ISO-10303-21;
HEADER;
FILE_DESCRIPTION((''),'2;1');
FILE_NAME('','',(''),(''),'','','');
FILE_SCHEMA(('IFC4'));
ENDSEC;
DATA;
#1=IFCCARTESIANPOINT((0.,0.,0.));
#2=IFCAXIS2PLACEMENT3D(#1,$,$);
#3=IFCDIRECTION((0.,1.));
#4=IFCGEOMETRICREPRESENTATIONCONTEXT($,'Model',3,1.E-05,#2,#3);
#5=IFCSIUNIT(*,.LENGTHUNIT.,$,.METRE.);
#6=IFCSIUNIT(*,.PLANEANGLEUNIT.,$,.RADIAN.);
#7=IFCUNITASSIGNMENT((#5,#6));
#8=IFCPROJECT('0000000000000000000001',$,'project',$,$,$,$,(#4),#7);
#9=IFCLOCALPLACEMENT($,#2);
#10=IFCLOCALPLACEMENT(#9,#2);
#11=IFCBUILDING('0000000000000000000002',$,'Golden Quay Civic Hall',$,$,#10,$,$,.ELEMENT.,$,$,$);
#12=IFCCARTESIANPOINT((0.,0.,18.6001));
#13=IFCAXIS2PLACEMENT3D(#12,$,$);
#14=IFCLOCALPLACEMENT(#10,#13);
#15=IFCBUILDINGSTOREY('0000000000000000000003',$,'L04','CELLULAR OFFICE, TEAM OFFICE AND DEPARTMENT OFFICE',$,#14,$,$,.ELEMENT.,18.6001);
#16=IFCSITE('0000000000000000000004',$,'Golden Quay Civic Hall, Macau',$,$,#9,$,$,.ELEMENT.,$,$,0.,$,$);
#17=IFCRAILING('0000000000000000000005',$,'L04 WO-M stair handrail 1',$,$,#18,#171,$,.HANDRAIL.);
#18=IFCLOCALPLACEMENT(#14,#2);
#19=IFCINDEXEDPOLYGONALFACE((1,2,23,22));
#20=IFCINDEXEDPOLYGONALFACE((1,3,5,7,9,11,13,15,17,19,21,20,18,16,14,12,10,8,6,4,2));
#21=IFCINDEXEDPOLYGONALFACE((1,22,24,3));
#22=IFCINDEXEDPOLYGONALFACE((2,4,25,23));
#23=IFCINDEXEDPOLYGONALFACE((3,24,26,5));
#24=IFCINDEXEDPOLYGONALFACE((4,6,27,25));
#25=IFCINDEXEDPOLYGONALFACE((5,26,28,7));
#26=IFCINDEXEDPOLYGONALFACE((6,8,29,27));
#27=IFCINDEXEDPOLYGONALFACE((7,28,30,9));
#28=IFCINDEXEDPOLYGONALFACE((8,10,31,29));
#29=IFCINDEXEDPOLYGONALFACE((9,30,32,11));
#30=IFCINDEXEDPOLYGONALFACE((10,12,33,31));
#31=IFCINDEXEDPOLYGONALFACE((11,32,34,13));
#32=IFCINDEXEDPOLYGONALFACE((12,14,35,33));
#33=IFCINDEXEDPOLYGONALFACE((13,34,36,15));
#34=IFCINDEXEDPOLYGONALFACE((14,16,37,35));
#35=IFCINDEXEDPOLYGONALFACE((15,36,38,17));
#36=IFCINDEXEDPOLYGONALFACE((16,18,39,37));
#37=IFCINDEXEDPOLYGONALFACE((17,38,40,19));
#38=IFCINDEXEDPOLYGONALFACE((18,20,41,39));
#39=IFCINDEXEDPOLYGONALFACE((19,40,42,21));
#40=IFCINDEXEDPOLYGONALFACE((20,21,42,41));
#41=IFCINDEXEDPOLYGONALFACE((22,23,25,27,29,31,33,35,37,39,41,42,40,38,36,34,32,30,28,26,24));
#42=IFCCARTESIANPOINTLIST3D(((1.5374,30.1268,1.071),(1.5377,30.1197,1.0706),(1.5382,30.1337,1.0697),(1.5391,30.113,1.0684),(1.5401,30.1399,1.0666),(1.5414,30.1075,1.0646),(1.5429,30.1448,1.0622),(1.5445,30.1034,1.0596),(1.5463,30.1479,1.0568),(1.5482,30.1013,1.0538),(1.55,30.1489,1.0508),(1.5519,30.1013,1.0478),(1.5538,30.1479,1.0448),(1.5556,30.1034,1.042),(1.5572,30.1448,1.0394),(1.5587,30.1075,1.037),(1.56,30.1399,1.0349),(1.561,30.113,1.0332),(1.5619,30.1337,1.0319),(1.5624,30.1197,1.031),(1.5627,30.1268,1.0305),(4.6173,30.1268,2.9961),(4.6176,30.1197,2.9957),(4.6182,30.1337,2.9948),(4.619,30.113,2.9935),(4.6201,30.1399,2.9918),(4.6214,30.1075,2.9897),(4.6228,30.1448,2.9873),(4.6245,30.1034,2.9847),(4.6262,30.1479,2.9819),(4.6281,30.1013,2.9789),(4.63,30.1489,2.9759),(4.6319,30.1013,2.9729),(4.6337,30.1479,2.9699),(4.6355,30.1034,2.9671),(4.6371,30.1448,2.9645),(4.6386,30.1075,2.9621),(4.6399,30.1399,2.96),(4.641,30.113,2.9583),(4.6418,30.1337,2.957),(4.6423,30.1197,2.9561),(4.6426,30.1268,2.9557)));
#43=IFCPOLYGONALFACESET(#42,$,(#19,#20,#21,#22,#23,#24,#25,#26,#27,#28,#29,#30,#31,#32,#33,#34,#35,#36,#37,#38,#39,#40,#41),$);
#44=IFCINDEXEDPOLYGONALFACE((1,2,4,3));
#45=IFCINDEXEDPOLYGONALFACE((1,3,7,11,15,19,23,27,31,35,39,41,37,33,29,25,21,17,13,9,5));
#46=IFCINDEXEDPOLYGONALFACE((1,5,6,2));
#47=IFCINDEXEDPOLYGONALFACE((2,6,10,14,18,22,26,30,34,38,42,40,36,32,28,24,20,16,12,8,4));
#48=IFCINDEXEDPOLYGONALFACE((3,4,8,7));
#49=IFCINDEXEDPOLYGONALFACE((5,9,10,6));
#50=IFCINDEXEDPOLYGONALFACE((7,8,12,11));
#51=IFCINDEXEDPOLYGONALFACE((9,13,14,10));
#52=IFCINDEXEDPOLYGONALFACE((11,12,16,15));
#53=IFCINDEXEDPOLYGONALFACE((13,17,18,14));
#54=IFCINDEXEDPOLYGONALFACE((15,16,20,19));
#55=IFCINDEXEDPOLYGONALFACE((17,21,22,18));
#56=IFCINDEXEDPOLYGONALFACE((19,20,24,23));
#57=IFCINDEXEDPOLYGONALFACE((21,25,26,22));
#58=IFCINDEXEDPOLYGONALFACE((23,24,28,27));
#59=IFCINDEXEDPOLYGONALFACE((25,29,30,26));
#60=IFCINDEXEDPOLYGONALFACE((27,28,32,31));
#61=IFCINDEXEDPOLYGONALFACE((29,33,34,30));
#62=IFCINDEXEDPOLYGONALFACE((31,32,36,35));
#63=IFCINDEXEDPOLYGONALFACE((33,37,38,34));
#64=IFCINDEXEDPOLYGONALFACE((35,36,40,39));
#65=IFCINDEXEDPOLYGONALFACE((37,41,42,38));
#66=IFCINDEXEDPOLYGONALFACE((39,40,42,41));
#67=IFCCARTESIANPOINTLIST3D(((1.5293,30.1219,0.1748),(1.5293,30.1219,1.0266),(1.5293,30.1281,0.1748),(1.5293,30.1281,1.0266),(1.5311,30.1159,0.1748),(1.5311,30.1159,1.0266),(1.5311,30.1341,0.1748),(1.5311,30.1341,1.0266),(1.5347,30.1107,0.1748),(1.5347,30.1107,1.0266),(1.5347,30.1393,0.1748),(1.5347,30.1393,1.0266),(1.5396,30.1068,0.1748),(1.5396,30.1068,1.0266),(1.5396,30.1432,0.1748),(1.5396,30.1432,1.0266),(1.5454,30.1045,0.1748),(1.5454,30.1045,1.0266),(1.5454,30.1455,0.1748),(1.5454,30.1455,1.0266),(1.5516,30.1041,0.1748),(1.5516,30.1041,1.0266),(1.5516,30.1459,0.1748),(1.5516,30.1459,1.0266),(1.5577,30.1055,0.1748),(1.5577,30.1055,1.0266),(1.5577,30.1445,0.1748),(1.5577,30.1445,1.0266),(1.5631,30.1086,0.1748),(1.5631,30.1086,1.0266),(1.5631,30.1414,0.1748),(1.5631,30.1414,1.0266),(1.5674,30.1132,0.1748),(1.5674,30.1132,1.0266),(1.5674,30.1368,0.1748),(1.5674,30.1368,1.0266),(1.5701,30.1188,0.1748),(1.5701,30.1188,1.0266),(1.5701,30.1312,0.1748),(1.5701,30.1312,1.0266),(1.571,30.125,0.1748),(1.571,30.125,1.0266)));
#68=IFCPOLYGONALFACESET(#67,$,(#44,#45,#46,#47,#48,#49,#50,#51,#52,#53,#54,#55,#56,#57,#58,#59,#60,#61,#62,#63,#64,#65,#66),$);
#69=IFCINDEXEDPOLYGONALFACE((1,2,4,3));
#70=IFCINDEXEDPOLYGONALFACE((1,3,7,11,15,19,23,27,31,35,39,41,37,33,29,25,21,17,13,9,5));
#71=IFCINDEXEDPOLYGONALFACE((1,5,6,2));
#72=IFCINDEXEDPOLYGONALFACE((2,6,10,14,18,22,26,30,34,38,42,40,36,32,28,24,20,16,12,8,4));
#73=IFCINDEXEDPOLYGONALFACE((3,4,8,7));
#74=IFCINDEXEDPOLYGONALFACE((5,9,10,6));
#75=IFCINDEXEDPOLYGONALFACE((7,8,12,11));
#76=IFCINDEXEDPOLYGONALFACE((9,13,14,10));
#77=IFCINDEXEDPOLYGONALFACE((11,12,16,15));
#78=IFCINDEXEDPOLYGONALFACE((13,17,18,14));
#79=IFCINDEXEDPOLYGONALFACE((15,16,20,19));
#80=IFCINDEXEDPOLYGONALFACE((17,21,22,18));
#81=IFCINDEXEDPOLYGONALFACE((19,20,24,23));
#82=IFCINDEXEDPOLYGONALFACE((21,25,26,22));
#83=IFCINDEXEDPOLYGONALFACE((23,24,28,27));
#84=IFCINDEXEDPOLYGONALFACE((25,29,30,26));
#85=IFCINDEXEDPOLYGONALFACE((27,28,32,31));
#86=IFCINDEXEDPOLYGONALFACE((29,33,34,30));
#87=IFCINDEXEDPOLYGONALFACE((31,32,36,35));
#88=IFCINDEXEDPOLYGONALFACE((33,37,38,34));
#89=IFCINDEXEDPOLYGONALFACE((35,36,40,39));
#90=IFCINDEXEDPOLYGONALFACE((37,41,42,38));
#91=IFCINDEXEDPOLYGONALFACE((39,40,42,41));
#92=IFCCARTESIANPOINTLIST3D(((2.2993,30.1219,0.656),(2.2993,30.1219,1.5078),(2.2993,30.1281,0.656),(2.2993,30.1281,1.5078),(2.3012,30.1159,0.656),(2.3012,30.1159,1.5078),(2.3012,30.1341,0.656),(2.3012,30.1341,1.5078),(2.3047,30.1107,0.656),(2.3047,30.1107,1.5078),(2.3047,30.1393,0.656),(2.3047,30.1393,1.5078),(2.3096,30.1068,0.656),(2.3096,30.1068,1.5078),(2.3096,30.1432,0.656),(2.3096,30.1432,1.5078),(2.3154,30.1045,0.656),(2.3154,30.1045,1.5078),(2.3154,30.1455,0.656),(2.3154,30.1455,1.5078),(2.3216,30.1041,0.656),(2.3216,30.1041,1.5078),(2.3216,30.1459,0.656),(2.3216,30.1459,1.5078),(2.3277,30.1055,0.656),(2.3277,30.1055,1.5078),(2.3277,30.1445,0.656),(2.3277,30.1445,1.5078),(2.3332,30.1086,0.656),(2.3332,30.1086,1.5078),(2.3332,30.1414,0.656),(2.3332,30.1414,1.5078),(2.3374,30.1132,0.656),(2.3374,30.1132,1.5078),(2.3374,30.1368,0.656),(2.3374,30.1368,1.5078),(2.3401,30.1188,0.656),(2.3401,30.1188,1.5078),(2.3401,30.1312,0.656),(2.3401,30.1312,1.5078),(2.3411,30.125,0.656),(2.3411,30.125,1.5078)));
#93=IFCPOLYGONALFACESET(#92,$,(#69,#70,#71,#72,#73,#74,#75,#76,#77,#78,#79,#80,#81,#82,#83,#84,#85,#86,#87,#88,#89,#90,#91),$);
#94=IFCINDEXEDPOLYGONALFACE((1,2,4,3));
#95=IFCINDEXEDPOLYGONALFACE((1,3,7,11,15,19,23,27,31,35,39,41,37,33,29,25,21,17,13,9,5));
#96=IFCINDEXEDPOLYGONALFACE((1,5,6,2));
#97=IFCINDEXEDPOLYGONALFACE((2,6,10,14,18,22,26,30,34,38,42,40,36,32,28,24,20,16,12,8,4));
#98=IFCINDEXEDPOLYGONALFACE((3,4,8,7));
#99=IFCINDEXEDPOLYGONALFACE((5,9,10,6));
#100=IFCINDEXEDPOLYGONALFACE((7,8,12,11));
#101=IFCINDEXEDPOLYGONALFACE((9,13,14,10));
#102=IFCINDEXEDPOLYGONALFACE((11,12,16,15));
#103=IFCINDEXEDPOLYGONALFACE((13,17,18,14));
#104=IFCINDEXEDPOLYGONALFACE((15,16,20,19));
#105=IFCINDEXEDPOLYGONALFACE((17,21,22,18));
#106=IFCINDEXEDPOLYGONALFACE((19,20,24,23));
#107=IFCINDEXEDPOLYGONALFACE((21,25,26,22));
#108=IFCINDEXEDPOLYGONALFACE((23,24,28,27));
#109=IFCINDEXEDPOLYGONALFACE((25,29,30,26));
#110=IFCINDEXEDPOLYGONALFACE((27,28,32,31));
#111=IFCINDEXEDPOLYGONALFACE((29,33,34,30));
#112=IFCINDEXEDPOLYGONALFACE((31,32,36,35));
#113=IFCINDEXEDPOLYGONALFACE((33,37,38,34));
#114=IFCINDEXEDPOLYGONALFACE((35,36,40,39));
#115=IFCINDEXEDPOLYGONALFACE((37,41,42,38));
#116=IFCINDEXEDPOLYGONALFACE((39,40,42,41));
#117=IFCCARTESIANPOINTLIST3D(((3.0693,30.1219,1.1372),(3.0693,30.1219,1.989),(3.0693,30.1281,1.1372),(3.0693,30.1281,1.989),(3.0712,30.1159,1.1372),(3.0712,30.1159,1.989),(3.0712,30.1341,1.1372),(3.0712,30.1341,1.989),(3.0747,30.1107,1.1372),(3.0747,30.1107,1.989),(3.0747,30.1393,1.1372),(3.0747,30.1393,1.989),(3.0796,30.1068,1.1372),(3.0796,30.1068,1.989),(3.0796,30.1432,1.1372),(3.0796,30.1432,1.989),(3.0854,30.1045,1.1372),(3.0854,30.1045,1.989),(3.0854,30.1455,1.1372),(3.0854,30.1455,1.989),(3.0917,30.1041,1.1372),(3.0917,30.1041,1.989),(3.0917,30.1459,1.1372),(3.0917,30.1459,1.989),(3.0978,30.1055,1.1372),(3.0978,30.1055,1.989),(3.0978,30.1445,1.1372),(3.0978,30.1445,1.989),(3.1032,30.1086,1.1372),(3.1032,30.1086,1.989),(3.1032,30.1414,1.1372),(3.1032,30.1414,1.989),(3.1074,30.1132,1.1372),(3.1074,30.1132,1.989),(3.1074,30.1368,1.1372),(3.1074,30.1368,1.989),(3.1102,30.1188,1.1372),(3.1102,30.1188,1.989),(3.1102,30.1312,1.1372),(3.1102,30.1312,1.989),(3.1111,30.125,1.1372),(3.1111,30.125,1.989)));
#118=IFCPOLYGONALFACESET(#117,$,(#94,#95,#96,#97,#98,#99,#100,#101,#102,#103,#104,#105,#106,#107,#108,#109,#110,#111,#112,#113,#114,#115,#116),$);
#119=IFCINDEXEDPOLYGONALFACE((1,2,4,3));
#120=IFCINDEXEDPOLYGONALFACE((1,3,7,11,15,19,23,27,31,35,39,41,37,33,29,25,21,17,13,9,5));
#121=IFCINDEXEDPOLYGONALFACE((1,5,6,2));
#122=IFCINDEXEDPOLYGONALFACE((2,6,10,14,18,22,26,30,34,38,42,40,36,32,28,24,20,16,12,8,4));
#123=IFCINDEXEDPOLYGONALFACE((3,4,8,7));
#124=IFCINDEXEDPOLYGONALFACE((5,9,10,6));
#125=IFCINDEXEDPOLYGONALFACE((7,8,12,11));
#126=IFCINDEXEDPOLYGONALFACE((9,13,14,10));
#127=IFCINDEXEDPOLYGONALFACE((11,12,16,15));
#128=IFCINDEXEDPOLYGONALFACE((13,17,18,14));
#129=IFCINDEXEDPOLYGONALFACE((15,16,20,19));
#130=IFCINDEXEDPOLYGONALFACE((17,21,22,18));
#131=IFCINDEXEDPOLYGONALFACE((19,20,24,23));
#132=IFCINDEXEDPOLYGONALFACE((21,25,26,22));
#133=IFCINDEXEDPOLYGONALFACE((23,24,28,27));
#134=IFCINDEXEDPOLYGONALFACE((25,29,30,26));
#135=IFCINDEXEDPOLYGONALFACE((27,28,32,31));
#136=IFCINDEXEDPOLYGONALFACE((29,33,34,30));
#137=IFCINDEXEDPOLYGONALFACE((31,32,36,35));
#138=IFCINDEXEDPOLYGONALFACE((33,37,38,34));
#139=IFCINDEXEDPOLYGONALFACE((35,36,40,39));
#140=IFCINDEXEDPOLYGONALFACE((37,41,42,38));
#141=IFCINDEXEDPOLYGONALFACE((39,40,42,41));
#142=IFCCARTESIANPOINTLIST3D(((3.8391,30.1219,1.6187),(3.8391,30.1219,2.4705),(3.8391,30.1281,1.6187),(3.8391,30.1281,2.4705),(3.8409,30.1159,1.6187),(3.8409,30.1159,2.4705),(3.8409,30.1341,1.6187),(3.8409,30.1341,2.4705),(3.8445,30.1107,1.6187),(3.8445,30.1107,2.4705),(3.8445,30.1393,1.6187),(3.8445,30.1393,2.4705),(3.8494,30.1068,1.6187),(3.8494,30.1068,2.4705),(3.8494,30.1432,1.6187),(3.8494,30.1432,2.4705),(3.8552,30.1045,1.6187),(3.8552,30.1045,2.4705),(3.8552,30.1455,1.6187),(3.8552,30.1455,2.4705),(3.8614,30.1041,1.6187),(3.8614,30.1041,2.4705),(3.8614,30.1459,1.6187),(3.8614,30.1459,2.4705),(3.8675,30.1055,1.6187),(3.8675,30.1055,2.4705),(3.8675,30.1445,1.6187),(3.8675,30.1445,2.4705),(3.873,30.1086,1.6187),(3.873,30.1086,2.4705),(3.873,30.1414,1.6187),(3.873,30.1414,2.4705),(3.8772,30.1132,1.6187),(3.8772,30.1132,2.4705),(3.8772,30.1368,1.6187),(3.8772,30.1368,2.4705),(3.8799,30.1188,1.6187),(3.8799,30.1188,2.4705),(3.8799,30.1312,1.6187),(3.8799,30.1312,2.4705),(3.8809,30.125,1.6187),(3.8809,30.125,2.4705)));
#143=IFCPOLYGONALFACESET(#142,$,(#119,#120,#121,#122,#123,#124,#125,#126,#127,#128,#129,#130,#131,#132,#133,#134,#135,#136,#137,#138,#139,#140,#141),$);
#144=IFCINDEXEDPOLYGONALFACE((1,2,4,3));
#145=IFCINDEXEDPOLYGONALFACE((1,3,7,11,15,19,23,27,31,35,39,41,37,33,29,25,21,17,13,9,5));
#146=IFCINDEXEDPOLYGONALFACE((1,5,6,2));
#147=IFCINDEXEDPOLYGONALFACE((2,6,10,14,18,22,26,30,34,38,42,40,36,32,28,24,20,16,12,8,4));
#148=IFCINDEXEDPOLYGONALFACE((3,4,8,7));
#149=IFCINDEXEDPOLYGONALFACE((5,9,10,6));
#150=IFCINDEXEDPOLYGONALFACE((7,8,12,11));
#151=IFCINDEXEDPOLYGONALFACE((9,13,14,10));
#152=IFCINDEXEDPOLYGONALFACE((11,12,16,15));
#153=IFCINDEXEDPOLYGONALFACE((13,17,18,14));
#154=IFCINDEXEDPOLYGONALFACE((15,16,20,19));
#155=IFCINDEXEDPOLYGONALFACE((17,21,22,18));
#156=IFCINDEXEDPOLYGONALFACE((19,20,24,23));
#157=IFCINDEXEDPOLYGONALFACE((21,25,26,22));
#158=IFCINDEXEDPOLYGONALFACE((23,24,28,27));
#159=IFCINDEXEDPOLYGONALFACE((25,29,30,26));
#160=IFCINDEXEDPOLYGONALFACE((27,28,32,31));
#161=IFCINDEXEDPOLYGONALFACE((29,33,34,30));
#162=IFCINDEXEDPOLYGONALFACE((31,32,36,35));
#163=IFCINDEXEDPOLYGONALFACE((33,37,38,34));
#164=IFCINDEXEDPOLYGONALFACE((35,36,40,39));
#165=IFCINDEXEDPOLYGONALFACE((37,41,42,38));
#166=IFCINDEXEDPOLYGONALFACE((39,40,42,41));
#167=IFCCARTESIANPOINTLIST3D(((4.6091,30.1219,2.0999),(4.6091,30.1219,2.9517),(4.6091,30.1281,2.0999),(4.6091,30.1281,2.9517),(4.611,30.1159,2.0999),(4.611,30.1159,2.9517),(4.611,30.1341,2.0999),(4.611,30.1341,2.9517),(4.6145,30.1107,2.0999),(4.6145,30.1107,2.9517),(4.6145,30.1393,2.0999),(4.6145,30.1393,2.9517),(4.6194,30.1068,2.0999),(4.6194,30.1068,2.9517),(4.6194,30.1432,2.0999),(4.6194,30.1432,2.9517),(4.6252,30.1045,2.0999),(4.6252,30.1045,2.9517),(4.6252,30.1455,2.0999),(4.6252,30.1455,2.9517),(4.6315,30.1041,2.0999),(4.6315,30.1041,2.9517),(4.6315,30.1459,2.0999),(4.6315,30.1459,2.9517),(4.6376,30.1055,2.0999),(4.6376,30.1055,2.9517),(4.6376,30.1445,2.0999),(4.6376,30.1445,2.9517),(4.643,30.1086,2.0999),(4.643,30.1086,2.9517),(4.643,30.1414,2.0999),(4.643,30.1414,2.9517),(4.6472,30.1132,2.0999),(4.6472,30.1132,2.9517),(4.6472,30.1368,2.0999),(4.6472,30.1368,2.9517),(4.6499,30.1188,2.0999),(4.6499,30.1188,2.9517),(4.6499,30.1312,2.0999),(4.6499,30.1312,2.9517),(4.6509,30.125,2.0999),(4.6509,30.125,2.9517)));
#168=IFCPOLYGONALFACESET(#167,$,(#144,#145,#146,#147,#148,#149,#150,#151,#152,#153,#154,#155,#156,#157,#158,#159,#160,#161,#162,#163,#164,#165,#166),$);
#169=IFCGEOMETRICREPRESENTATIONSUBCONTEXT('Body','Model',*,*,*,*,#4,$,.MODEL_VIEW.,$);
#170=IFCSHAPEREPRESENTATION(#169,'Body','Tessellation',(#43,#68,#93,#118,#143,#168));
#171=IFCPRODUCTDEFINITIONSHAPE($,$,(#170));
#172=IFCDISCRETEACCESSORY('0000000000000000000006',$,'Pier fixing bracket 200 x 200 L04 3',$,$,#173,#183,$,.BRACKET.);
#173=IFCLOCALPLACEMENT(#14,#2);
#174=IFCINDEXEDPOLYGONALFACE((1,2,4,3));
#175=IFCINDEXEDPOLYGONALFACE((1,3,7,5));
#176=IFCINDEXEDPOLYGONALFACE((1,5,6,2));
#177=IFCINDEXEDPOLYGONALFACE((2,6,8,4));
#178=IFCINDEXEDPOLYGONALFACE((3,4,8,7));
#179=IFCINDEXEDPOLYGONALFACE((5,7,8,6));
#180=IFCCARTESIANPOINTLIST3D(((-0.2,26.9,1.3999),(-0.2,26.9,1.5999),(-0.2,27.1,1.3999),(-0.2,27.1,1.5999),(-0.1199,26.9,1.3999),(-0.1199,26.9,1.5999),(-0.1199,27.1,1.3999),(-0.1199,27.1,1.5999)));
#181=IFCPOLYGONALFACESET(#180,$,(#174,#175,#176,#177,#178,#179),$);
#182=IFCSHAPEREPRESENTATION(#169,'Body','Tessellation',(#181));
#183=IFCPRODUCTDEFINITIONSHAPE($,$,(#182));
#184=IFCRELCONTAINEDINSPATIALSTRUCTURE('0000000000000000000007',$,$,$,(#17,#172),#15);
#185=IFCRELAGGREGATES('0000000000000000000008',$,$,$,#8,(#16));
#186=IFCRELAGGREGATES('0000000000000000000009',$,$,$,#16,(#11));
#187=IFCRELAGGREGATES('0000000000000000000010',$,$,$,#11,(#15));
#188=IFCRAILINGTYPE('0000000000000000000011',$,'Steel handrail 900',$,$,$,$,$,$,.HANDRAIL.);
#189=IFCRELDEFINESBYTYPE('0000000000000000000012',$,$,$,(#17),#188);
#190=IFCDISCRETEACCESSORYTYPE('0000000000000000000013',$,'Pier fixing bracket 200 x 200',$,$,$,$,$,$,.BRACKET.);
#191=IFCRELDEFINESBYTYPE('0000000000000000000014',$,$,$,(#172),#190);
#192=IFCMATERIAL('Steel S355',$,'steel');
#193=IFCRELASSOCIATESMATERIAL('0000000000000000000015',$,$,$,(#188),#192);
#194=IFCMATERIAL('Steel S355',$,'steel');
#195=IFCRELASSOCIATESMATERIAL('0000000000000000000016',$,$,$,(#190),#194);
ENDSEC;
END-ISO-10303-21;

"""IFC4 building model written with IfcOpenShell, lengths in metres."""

from ifc_helpers import new_model, si_unit, direction, frame, origin, origin_2d, place, context, subcontext, project, spatial, rectangle, circle, extrude, material, type_object, element, save


model = new_model("IFC4")

# Units and contexts
model_context = context("Model", 3, precision=1e-05, world=origin(), true_north=direction((0.0, 1.0)))
body_context = subcontext(model_context, "Body", "Model", "MODEL_VIEW")
ifc_project = project(units=[si_unit("LENGTHUNIT", "METRE"), si_unit("PLANEANGLEUNIT", "RADIAN")], contexts=[model_context])

# Site, building, storey
site_placement = place(None, origin())
site = spatial("IfcSite", under=ifc_project, at=site_placement, Name="Golden Quay Civic Hall, Macau", CompositionType="ELEMENT", RefElevation=0.0)
building_placement = place(site_placement, origin())
building = spatial("IfcBuilding", under=site, at=building_placement, Name="Golden Quay Civic Hall", CompositionType="ELEMENT")
storey_placement = place(building_placement, frame((0.0, 0.0, 18.6001)))
storey = spatial("IfcBuildingStorey", under=building, at=storey_placement, Name="L04", Description="CELLULAR OFFICE, TEAM OFFICE AND DEPARTMENT OFFICE", CompositionType="ELEMENT", Elevation=18.6001)

# Railing
ifc_material_1 = material(Name="Steel S355", Category="steel")
railing_type_1 = type_object("IfcRailingType", Name="Steel handrail 900", PredefinedType="HANDRAIL", material=ifc_material_1)
railing_1_placement = place(storey_placement, frame((1.55, 30.125, 0.1748)))
element("IfcRailing", 1, at=railing_1_placement, inside=storey, type_object=railing_type_1, Name="L04 WO-M stair handrail 1", PredefinedType="HANDRAIL", context=body_context, shape_type="SweptSolid", body=[
    extrude(circle(Radius=0.0239, at=origin_2d()), frame((0.0, 0.0, 0.876), z_axis=(0.847979, 0.0, 0.530029), x_axis=(0.0, 1.0, 0.0)), (0.0, 0.0, 1.0), 3.6321),
    extrude(circle(Radius=0.021, at=origin_2d()), origin(), (0.0, 0.0, 1.0), 0.8518),
    extrude(circle(Radius=0.021, at=origin_2d()), frame((0.77, 0.0, 0.4812)), (0.0, 0.0, 1.0), 0.8518),
    extrude(circle(Radius=0.021, at=origin_2d()), frame((1.54, 0.0, 0.9624)), (0.0, 0.0, 1.0), 0.8518),
    extrude(circle(Radius=0.021, at=origin_2d()), frame((2.3098, 0.0, 1.4438)), (0.0, 0.0, 1.0), 0.8518),
    extrude(circle(Radius=0.021, at=origin_2d()), frame((3.0798, 0.0, 1.925)), (0.0, 0.0, 1.0), 0.8518),
])

# Discrete accessory
ifc_material_2 = material(Name="Steel S355", Category="steel")
discrete_accessory_type = type_object("IfcDiscreteAccessoryType", Name="Pier fixing bracket 200 x 200", PredefinedType="BRACKET", material=ifc_material_2)
discrete_accessory_placement = place(storey_placement, frame((-0.1599, 27.0, 1.3999), z_axis=(0.0, 0.0, 1.0), x_axis=(0.0, -1.0, 0.0)))
element("IfcDiscreteAccessory", 2, at=discrete_accessory_placement, inside=storey, type_object=discrete_accessory_type, Name="Pier fixing bracket 200 x 200 L04 3", PredefinedType="BRACKET", context=body_context, shape_type="SweptSolid", body=[
    extrude(rectangle(XDim=0.2, YDim=0.0801, at=origin_2d()), origin(), (0.0, 0.0, 1.0), 0.2),
])

save(model, "model.ifc")
